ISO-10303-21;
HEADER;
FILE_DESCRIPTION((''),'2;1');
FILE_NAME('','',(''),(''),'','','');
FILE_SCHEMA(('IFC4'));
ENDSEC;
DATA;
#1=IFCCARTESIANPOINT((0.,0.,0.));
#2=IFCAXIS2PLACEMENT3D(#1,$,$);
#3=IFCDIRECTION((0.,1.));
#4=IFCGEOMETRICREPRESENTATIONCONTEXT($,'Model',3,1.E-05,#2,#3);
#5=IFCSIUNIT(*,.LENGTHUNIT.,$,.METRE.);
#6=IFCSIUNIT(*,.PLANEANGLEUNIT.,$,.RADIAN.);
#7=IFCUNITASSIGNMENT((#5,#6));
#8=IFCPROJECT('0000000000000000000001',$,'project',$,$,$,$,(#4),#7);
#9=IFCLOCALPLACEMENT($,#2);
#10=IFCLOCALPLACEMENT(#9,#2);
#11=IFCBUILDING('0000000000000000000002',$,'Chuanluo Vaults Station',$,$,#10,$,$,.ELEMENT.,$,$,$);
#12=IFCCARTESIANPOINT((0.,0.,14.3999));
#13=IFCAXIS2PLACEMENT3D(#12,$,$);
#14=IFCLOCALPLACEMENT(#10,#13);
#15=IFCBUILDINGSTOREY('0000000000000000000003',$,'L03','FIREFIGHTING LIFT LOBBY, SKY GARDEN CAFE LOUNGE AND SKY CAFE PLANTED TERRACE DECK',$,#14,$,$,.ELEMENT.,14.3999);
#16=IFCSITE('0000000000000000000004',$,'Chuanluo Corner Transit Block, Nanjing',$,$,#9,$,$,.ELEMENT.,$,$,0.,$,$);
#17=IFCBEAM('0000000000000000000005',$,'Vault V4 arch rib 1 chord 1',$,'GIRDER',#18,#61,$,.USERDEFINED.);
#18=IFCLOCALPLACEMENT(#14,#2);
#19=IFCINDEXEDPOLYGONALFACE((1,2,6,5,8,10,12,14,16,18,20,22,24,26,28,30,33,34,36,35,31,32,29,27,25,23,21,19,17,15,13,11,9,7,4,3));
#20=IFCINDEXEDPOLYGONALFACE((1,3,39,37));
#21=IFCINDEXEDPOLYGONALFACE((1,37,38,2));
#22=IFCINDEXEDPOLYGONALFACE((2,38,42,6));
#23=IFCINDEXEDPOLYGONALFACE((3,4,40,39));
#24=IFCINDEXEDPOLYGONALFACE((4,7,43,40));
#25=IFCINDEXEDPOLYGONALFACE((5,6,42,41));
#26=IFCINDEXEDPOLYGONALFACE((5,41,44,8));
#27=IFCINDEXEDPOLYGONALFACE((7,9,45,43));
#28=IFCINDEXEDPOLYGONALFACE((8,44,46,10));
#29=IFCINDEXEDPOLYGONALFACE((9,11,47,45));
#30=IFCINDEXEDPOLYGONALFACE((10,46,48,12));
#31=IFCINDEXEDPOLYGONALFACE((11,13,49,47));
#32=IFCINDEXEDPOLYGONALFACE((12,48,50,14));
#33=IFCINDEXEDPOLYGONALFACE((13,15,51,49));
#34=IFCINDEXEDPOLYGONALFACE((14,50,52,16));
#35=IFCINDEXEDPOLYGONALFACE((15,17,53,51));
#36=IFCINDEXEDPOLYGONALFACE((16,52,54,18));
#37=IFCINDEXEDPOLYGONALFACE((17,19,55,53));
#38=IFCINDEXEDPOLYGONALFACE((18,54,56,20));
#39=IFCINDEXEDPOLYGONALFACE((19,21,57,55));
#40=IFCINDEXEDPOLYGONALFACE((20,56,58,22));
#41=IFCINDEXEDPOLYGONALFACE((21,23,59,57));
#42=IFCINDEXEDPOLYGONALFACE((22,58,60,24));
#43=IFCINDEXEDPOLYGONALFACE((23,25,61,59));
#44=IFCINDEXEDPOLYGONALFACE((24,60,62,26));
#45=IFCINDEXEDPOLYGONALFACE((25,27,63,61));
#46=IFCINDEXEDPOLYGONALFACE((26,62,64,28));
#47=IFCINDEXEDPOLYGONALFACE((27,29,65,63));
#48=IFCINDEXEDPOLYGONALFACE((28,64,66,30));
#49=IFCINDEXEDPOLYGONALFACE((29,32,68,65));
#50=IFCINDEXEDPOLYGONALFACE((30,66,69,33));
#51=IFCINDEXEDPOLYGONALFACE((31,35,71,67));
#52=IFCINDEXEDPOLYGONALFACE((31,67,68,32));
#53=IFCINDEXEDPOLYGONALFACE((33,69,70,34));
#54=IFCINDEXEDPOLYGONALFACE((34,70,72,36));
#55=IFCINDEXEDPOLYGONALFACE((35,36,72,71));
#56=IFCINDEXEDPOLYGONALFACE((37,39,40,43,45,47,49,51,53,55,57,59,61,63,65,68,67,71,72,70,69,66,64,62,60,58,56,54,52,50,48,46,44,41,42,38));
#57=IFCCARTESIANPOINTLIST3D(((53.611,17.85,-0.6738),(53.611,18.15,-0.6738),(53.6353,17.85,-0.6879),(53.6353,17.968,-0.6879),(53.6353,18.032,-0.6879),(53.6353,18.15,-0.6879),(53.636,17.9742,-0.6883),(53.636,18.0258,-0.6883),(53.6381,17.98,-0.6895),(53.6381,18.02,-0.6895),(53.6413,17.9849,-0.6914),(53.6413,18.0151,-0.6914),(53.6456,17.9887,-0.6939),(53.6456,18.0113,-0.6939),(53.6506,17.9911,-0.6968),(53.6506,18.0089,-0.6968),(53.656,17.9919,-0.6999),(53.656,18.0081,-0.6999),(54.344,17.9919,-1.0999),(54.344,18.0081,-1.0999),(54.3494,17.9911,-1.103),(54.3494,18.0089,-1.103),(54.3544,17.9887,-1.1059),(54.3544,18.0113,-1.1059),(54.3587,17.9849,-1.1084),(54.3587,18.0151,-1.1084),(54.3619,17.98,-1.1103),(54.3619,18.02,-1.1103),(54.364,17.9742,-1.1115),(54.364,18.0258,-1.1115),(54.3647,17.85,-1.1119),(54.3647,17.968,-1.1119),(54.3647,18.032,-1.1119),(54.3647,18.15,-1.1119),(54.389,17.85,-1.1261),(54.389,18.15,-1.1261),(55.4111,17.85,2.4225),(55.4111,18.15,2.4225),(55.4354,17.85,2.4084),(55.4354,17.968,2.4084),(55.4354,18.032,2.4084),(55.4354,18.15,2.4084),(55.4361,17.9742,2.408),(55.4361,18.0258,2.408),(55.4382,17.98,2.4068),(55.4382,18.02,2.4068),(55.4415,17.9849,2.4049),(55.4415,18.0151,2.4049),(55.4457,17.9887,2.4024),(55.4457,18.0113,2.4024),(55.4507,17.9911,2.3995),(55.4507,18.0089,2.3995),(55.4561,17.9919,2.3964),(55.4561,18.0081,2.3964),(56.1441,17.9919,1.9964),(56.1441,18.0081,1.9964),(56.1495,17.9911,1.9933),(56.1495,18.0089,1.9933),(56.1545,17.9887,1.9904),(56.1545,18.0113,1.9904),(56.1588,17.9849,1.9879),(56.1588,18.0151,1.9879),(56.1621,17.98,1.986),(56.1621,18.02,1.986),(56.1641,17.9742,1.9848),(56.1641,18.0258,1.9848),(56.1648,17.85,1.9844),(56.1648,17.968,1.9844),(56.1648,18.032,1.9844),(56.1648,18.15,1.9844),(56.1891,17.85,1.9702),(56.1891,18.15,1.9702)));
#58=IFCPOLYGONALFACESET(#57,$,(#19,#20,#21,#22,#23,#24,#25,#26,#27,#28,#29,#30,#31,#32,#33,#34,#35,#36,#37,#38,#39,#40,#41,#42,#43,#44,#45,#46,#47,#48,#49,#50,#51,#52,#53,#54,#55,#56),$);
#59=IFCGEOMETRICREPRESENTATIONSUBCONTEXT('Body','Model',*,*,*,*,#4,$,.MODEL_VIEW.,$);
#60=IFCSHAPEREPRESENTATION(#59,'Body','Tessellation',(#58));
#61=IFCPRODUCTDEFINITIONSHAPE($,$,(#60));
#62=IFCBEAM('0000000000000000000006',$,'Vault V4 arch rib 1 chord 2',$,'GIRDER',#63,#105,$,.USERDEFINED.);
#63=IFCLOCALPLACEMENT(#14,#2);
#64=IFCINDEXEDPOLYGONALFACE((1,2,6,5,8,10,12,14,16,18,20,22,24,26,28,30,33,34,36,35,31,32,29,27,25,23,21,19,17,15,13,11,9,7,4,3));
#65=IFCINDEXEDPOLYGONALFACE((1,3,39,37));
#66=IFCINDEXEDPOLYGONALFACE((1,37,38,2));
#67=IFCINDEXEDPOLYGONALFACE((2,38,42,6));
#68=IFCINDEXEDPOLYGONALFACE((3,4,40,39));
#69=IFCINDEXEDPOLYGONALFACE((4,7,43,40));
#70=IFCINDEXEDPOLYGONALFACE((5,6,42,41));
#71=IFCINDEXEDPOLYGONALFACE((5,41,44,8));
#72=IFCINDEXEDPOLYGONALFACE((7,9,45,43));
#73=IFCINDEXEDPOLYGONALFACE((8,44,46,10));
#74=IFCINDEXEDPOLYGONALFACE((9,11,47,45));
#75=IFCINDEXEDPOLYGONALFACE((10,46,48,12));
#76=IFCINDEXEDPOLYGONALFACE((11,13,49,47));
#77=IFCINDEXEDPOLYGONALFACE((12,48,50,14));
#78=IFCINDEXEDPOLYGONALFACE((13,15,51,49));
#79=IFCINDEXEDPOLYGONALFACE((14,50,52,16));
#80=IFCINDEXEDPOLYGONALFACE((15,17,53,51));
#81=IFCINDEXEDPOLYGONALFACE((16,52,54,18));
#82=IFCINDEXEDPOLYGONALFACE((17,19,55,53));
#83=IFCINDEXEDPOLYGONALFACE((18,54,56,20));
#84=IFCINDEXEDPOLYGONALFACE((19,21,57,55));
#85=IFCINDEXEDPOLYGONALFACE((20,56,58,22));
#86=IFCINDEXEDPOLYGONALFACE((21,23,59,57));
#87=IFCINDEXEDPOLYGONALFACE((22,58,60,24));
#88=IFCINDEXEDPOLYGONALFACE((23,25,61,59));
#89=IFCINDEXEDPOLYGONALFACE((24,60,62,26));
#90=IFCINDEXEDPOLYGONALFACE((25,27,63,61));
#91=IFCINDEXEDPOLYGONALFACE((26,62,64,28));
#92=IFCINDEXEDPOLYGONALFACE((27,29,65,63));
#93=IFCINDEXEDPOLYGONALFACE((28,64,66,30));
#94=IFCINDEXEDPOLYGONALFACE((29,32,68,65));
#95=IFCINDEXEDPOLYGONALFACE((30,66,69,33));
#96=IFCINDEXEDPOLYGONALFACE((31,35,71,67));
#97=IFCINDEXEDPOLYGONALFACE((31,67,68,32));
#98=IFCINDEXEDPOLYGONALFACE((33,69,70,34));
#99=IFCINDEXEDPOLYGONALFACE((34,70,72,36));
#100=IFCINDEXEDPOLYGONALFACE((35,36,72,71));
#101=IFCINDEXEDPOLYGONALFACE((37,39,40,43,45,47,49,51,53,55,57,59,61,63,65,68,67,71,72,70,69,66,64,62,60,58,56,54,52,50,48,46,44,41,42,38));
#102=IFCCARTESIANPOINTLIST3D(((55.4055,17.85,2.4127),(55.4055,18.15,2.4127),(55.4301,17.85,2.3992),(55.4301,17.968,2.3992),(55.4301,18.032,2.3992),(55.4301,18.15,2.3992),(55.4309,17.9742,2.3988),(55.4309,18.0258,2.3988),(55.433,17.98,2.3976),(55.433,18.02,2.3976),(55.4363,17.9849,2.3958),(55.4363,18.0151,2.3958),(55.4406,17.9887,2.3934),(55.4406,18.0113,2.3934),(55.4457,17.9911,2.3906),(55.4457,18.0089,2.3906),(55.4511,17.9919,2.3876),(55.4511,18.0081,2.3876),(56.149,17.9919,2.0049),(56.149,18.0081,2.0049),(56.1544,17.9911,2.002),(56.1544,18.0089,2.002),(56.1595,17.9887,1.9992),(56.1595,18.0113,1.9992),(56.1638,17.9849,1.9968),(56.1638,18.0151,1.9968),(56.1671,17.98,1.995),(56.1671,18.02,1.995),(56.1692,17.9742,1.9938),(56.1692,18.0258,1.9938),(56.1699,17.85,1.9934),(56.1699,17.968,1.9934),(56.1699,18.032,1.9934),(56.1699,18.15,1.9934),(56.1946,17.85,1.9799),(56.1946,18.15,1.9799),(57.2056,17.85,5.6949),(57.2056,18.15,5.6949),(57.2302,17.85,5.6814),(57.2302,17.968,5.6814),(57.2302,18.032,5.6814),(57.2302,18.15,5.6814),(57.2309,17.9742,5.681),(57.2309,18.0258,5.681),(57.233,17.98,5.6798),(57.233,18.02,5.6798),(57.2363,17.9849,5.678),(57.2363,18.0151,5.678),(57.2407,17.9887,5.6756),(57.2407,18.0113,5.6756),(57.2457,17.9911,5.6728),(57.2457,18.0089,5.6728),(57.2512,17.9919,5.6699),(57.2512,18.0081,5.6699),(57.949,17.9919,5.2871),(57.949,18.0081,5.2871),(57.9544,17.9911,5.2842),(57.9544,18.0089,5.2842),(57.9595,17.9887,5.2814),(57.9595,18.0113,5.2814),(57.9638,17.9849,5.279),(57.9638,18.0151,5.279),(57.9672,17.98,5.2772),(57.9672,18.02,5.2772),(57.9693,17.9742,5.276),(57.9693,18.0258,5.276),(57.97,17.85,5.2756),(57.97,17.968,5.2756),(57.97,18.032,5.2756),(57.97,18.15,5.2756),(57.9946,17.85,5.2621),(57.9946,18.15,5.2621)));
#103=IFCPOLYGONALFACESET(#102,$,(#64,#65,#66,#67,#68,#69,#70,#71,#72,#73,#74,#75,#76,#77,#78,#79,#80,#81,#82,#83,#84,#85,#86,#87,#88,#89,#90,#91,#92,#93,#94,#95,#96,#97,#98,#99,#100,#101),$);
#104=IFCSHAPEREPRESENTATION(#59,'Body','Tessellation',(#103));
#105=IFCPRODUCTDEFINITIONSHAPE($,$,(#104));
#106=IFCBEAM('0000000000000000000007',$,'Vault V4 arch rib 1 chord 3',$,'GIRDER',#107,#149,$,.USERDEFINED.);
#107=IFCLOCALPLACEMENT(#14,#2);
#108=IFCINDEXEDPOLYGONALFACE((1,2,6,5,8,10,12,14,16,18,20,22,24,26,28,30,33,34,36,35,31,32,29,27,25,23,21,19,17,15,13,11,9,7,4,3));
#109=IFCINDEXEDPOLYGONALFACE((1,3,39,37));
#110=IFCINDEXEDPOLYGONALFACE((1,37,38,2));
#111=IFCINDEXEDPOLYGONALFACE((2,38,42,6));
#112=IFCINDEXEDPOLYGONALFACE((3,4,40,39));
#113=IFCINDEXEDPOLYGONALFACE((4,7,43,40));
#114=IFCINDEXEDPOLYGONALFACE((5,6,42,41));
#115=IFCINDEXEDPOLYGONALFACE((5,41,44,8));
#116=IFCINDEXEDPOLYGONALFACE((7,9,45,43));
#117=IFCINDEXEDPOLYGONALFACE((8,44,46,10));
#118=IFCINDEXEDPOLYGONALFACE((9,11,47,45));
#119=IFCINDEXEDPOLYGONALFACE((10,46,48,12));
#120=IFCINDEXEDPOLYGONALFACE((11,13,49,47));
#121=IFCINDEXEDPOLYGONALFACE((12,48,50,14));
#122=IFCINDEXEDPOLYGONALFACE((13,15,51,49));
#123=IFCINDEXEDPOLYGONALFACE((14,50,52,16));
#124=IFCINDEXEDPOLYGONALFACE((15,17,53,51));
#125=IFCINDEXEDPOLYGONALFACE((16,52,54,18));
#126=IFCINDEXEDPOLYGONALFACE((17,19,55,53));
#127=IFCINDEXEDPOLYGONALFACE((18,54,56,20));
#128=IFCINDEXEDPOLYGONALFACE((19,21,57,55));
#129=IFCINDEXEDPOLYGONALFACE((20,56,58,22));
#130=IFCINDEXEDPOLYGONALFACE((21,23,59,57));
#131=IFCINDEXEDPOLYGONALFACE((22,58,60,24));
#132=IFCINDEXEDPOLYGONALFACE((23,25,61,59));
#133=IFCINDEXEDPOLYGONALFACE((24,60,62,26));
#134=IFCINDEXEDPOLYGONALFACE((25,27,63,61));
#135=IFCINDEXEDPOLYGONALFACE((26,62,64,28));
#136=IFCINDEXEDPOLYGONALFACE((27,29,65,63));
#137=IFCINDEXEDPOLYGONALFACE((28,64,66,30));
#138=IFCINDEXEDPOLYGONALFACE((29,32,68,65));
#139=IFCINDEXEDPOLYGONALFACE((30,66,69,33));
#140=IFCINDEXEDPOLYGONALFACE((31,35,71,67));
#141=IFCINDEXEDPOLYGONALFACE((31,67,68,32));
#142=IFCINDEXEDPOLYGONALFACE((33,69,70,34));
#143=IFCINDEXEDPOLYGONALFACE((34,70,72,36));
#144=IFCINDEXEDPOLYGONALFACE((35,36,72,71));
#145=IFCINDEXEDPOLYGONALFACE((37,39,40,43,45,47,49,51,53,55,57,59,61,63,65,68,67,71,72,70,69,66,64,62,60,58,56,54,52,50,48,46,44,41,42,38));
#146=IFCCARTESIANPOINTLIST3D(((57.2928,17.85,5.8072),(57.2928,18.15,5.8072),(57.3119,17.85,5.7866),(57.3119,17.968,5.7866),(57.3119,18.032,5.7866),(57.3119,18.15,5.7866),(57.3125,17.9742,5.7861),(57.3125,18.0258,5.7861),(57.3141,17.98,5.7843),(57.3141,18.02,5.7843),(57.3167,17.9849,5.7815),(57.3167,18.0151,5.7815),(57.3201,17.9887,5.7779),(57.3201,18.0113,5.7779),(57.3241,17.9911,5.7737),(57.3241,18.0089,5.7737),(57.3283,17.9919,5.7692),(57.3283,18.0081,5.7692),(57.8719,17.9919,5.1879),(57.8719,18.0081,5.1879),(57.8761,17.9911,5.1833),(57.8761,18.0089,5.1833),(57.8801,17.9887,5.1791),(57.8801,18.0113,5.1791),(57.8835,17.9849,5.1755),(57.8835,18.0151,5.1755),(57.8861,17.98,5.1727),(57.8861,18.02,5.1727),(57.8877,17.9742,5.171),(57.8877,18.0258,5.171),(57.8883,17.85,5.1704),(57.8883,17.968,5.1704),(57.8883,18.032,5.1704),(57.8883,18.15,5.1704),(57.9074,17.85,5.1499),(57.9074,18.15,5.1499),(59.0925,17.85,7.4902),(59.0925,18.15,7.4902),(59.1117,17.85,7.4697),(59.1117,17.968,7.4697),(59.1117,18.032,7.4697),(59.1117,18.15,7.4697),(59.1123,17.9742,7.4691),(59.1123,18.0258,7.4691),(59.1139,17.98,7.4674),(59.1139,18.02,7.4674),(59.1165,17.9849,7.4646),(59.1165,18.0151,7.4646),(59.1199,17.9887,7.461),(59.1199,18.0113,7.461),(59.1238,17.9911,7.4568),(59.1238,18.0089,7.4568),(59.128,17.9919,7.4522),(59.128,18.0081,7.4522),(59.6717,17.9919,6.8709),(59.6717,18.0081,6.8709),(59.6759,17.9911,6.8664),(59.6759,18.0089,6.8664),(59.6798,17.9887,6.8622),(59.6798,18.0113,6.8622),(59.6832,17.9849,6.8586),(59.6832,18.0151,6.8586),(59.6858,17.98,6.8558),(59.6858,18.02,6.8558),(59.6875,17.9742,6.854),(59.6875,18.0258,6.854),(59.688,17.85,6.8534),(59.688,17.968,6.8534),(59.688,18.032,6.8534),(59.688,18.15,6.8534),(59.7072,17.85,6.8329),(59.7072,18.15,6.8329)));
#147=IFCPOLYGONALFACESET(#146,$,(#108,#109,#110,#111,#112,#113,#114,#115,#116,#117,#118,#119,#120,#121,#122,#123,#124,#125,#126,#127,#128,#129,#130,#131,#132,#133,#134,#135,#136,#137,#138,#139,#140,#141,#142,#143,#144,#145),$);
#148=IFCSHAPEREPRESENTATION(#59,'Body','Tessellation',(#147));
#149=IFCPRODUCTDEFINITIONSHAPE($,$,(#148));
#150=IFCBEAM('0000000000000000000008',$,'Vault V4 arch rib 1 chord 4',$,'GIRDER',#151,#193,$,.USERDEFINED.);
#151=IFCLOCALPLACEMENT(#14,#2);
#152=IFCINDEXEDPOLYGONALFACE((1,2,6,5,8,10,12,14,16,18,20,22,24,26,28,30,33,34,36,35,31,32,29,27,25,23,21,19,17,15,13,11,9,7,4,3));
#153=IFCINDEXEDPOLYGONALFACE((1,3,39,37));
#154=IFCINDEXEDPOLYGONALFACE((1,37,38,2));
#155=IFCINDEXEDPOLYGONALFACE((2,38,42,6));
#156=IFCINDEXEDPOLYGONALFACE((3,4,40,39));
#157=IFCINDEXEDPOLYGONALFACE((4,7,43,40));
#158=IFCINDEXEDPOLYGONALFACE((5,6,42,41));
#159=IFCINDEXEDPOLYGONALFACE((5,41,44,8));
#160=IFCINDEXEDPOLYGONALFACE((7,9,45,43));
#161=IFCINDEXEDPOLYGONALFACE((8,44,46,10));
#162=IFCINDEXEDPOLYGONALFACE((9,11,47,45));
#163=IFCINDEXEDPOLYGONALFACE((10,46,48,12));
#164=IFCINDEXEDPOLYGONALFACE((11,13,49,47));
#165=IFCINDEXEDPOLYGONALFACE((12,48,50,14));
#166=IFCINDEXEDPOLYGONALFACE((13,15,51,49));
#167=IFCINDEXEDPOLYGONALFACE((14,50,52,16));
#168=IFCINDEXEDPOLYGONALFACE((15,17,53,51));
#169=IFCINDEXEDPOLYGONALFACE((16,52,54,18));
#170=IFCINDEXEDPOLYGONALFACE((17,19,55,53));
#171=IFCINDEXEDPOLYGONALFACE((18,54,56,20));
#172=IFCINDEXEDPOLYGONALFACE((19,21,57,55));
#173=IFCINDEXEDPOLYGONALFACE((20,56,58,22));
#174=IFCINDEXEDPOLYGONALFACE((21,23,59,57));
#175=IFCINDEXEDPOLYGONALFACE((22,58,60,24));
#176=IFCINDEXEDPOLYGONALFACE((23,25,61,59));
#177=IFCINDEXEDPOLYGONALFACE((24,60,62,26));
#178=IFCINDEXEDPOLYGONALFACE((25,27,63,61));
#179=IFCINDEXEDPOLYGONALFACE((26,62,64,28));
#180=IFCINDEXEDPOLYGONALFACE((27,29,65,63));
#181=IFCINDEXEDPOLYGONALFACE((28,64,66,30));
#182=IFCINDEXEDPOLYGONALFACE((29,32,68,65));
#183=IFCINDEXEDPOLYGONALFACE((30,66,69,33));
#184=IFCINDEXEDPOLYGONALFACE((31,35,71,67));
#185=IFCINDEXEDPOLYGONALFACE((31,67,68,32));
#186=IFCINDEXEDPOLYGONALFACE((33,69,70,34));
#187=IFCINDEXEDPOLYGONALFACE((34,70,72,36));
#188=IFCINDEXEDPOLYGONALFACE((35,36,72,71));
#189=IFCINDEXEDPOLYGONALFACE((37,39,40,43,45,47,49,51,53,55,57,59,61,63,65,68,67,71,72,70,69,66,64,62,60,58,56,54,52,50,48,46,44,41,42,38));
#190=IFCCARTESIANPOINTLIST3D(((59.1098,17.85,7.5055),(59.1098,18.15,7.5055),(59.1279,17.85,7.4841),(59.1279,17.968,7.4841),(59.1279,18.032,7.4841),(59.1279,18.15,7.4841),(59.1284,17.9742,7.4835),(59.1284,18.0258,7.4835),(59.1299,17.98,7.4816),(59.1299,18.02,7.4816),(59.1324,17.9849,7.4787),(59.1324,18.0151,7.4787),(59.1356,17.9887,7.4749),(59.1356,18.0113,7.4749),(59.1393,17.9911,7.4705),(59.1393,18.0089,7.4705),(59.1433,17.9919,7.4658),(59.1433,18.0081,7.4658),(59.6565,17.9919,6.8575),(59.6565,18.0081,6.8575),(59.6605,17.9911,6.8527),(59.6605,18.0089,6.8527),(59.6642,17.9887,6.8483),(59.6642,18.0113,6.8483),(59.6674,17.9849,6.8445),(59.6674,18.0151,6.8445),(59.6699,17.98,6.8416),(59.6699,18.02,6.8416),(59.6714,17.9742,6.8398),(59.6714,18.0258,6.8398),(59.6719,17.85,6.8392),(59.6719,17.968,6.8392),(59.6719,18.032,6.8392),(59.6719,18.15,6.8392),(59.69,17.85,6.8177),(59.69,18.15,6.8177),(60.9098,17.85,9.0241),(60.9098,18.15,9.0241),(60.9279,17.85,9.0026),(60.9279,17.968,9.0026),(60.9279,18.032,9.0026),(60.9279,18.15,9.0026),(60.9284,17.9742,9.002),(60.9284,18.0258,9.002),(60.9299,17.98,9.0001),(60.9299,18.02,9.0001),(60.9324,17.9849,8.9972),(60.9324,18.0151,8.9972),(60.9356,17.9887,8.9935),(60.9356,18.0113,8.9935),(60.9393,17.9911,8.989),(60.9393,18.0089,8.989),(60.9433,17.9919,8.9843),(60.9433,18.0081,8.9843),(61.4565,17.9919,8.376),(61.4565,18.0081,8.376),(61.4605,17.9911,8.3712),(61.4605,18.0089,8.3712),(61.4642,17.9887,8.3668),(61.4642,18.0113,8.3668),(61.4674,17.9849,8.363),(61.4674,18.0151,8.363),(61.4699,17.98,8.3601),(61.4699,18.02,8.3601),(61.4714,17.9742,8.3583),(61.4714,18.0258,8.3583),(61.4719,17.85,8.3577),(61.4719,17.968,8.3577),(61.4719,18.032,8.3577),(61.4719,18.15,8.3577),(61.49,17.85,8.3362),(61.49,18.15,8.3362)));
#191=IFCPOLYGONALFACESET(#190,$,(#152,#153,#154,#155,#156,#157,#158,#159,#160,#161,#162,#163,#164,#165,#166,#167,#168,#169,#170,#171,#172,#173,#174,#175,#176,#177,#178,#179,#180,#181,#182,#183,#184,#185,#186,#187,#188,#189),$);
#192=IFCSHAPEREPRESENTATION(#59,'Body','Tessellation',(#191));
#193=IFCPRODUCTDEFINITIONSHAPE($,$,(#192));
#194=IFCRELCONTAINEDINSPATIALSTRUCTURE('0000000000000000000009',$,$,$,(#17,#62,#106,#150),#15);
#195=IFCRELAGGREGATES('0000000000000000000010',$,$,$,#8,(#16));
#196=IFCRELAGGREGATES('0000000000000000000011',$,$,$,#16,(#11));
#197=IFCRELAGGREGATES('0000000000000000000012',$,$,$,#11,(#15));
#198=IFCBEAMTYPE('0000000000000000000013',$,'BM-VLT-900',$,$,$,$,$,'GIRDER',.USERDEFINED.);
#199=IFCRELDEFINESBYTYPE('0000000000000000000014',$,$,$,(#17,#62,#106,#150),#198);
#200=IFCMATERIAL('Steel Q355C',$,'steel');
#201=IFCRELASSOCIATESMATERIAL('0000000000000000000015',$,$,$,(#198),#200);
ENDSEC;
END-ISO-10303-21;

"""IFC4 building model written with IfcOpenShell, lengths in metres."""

from ifc_helpers import new_model, si_unit, direction, frame, origin, origin_2d, place, context, subcontext, project, spatial, i_section, extrude, material, material_profile, profile_set, type_object, element, save


model = new_model("IFC4")

# Units and contexts
model_context = context("Model", 3, precision=1e-05, world=origin(), true_north=direction((0.0, 1.0)))
body_context = subcontext(model_context, "Body", "Model", "MODEL_VIEW")
ifc_project = project(units=[si_unit("LENGTHUNIT", "METRE"), si_unit("PLANEANGLEUNIT", "RADIAN")], contexts=[model_context])

# Site, building, storey
site_placement = place(None, origin())
site = spatial("IfcSite", under=ifc_project, at=site_placement, Name="Chuanluo Corner Transit Block, Nanjing", CompositionType="ELEMENT", RefElevation=0.0)
building_placement = place(site_placement, origin())
building = spatial("IfcBuilding", under=site, at=building_placement, Name="Chuanluo Vaults Station", CompositionType="ELEMENT")
storey_placement = place(building_placement, frame((0.0, 0.0, 14.3999)))
storey = spatial("IfcBuildingStorey", under=building, at=storey_placement, Name="L03", Description="FIREFIGHTING LIFT LOBBY, SKY GARDEN CAFE LOUNGE AND SKY CAFE PLANTED TERRACE DECK", CompositionType="ELEMENT", Elevation=14.3999)

# Beams
ifc_material_1 = material(Name="Steel Q355C", Category="steel")
ifc_material_profile_1 = material_profile(ifc_material_1, i_section(OverallWidth=0.3, OverallDepth=0.8999, WebThickness=0.0161, FlangeThickness=0.0281, FilletRadius=0.0239, at=origin_2d()))
ifc_profile_set_1 = profile_set([ifc_material_profile_1], Name="Steel Q355C")
beam_type_1 = type_object("IfcBeamType", Name="BM-VLT-900", ElementType="GIRDER", PredefinedType="USERDEFINED", material=ifc_profile_set_1)
beam_1_placement = place(storey_placement, frame((54.0, 18.0, -0.8999), z_axis=(0.502607, 0.0, 0.864515), x_axis=(0.0, 1.0, 0.0)))
element("IfcBeam", 1, at=beam_1_placement, inside=storey, type_object=beam_type_1, Name="Vault V4 arch rib 1 chord 1", ObjectType="GIRDER", PredefinedType="USERDEFINED", context=body_context, shape_type="SweptSolid", body=[
    extrude(i_section(OverallWidth=0.3, OverallDepth=0.8999, WebThickness=0.0161, FlangeThickness=0.0281, FilletRadius=0.0239, at=origin_2d()), origin(), (0.0, 0.0, 1.0), 3.5815),
])
beam_2_placement = place(storey_placement, frame((55.8, 18.0, 2.1963), z_axis=(0.480857, 0.0, 0.876799), x_axis=(0.0, 1.0, 0.0)))
element("IfcBeam", 2, at=beam_2_placement, inside=storey, type_object=beam_type_1, Name="Vault V4 arch rib 1 chord 2", ObjectType="GIRDER", PredefinedType="USERDEFINED", context=body_context, shape_type="SweptSolid", body=[
    extrude(i_section(OverallWidth=0.3, OverallDepth=0.8999, WebThickness=0.0161, FlangeThickness=0.0281, FilletRadius=0.0239, at=origin_2d()), origin(), (0.0, 0.0, 1.0), 3.7434),
])
beam_3_placement = place(storey_placement, frame((57.6001, 18.0, 5.4785), z_axis=(0.730389, 0.0, 0.683031), x_axis=(0.0, 1.0, 0.0)))
element("IfcBeam", 3, at=beam_3_placement, inside=storey, type_object=beam_type_1, Name="Vault V4 arch rib 1 chord 3", ObjectType="GIRDER", PredefinedType="USERDEFINED", context=body_context, shape_type="SweptSolid", body=[
    extrude(i_section(OverallWidth=0.3, OverallDepth=0.8999, WebThickness=0.0161, FlangeThickness=0.0281, FilletRadius=0.0239, at=origin_2d()), origin(), (0.0, 0.0, 1.0), 2.4641),
])
beam_4_placement = place(storey_placement, frame((59.3999, 18.0, 7.1616), z_axis=(0.764341, 0.0, 0.644812), x_axis=(0.0, 1.0, 0.0)))
element("IfcBeam", 4, at=beam_4_placement, inside=storey, type_object=beam_type_1, Name="Vault V4 arch rib 1 chord 4", ObjectType="GIRDER", PredefinedType="USERDEFINED", context=body_context, shape_type="SweptSolid", body=[
    extrude(i_section(OverallWidth=0.3, OverallDepth=0.8999, WebThickness=0.0161, FlangeThickness=0.0281, FilletRadius=0.0239, at=origin_2d()), origin(), (0.0, 0.0, 1.0), 2.355),
])

save(model, "model.ifc")
